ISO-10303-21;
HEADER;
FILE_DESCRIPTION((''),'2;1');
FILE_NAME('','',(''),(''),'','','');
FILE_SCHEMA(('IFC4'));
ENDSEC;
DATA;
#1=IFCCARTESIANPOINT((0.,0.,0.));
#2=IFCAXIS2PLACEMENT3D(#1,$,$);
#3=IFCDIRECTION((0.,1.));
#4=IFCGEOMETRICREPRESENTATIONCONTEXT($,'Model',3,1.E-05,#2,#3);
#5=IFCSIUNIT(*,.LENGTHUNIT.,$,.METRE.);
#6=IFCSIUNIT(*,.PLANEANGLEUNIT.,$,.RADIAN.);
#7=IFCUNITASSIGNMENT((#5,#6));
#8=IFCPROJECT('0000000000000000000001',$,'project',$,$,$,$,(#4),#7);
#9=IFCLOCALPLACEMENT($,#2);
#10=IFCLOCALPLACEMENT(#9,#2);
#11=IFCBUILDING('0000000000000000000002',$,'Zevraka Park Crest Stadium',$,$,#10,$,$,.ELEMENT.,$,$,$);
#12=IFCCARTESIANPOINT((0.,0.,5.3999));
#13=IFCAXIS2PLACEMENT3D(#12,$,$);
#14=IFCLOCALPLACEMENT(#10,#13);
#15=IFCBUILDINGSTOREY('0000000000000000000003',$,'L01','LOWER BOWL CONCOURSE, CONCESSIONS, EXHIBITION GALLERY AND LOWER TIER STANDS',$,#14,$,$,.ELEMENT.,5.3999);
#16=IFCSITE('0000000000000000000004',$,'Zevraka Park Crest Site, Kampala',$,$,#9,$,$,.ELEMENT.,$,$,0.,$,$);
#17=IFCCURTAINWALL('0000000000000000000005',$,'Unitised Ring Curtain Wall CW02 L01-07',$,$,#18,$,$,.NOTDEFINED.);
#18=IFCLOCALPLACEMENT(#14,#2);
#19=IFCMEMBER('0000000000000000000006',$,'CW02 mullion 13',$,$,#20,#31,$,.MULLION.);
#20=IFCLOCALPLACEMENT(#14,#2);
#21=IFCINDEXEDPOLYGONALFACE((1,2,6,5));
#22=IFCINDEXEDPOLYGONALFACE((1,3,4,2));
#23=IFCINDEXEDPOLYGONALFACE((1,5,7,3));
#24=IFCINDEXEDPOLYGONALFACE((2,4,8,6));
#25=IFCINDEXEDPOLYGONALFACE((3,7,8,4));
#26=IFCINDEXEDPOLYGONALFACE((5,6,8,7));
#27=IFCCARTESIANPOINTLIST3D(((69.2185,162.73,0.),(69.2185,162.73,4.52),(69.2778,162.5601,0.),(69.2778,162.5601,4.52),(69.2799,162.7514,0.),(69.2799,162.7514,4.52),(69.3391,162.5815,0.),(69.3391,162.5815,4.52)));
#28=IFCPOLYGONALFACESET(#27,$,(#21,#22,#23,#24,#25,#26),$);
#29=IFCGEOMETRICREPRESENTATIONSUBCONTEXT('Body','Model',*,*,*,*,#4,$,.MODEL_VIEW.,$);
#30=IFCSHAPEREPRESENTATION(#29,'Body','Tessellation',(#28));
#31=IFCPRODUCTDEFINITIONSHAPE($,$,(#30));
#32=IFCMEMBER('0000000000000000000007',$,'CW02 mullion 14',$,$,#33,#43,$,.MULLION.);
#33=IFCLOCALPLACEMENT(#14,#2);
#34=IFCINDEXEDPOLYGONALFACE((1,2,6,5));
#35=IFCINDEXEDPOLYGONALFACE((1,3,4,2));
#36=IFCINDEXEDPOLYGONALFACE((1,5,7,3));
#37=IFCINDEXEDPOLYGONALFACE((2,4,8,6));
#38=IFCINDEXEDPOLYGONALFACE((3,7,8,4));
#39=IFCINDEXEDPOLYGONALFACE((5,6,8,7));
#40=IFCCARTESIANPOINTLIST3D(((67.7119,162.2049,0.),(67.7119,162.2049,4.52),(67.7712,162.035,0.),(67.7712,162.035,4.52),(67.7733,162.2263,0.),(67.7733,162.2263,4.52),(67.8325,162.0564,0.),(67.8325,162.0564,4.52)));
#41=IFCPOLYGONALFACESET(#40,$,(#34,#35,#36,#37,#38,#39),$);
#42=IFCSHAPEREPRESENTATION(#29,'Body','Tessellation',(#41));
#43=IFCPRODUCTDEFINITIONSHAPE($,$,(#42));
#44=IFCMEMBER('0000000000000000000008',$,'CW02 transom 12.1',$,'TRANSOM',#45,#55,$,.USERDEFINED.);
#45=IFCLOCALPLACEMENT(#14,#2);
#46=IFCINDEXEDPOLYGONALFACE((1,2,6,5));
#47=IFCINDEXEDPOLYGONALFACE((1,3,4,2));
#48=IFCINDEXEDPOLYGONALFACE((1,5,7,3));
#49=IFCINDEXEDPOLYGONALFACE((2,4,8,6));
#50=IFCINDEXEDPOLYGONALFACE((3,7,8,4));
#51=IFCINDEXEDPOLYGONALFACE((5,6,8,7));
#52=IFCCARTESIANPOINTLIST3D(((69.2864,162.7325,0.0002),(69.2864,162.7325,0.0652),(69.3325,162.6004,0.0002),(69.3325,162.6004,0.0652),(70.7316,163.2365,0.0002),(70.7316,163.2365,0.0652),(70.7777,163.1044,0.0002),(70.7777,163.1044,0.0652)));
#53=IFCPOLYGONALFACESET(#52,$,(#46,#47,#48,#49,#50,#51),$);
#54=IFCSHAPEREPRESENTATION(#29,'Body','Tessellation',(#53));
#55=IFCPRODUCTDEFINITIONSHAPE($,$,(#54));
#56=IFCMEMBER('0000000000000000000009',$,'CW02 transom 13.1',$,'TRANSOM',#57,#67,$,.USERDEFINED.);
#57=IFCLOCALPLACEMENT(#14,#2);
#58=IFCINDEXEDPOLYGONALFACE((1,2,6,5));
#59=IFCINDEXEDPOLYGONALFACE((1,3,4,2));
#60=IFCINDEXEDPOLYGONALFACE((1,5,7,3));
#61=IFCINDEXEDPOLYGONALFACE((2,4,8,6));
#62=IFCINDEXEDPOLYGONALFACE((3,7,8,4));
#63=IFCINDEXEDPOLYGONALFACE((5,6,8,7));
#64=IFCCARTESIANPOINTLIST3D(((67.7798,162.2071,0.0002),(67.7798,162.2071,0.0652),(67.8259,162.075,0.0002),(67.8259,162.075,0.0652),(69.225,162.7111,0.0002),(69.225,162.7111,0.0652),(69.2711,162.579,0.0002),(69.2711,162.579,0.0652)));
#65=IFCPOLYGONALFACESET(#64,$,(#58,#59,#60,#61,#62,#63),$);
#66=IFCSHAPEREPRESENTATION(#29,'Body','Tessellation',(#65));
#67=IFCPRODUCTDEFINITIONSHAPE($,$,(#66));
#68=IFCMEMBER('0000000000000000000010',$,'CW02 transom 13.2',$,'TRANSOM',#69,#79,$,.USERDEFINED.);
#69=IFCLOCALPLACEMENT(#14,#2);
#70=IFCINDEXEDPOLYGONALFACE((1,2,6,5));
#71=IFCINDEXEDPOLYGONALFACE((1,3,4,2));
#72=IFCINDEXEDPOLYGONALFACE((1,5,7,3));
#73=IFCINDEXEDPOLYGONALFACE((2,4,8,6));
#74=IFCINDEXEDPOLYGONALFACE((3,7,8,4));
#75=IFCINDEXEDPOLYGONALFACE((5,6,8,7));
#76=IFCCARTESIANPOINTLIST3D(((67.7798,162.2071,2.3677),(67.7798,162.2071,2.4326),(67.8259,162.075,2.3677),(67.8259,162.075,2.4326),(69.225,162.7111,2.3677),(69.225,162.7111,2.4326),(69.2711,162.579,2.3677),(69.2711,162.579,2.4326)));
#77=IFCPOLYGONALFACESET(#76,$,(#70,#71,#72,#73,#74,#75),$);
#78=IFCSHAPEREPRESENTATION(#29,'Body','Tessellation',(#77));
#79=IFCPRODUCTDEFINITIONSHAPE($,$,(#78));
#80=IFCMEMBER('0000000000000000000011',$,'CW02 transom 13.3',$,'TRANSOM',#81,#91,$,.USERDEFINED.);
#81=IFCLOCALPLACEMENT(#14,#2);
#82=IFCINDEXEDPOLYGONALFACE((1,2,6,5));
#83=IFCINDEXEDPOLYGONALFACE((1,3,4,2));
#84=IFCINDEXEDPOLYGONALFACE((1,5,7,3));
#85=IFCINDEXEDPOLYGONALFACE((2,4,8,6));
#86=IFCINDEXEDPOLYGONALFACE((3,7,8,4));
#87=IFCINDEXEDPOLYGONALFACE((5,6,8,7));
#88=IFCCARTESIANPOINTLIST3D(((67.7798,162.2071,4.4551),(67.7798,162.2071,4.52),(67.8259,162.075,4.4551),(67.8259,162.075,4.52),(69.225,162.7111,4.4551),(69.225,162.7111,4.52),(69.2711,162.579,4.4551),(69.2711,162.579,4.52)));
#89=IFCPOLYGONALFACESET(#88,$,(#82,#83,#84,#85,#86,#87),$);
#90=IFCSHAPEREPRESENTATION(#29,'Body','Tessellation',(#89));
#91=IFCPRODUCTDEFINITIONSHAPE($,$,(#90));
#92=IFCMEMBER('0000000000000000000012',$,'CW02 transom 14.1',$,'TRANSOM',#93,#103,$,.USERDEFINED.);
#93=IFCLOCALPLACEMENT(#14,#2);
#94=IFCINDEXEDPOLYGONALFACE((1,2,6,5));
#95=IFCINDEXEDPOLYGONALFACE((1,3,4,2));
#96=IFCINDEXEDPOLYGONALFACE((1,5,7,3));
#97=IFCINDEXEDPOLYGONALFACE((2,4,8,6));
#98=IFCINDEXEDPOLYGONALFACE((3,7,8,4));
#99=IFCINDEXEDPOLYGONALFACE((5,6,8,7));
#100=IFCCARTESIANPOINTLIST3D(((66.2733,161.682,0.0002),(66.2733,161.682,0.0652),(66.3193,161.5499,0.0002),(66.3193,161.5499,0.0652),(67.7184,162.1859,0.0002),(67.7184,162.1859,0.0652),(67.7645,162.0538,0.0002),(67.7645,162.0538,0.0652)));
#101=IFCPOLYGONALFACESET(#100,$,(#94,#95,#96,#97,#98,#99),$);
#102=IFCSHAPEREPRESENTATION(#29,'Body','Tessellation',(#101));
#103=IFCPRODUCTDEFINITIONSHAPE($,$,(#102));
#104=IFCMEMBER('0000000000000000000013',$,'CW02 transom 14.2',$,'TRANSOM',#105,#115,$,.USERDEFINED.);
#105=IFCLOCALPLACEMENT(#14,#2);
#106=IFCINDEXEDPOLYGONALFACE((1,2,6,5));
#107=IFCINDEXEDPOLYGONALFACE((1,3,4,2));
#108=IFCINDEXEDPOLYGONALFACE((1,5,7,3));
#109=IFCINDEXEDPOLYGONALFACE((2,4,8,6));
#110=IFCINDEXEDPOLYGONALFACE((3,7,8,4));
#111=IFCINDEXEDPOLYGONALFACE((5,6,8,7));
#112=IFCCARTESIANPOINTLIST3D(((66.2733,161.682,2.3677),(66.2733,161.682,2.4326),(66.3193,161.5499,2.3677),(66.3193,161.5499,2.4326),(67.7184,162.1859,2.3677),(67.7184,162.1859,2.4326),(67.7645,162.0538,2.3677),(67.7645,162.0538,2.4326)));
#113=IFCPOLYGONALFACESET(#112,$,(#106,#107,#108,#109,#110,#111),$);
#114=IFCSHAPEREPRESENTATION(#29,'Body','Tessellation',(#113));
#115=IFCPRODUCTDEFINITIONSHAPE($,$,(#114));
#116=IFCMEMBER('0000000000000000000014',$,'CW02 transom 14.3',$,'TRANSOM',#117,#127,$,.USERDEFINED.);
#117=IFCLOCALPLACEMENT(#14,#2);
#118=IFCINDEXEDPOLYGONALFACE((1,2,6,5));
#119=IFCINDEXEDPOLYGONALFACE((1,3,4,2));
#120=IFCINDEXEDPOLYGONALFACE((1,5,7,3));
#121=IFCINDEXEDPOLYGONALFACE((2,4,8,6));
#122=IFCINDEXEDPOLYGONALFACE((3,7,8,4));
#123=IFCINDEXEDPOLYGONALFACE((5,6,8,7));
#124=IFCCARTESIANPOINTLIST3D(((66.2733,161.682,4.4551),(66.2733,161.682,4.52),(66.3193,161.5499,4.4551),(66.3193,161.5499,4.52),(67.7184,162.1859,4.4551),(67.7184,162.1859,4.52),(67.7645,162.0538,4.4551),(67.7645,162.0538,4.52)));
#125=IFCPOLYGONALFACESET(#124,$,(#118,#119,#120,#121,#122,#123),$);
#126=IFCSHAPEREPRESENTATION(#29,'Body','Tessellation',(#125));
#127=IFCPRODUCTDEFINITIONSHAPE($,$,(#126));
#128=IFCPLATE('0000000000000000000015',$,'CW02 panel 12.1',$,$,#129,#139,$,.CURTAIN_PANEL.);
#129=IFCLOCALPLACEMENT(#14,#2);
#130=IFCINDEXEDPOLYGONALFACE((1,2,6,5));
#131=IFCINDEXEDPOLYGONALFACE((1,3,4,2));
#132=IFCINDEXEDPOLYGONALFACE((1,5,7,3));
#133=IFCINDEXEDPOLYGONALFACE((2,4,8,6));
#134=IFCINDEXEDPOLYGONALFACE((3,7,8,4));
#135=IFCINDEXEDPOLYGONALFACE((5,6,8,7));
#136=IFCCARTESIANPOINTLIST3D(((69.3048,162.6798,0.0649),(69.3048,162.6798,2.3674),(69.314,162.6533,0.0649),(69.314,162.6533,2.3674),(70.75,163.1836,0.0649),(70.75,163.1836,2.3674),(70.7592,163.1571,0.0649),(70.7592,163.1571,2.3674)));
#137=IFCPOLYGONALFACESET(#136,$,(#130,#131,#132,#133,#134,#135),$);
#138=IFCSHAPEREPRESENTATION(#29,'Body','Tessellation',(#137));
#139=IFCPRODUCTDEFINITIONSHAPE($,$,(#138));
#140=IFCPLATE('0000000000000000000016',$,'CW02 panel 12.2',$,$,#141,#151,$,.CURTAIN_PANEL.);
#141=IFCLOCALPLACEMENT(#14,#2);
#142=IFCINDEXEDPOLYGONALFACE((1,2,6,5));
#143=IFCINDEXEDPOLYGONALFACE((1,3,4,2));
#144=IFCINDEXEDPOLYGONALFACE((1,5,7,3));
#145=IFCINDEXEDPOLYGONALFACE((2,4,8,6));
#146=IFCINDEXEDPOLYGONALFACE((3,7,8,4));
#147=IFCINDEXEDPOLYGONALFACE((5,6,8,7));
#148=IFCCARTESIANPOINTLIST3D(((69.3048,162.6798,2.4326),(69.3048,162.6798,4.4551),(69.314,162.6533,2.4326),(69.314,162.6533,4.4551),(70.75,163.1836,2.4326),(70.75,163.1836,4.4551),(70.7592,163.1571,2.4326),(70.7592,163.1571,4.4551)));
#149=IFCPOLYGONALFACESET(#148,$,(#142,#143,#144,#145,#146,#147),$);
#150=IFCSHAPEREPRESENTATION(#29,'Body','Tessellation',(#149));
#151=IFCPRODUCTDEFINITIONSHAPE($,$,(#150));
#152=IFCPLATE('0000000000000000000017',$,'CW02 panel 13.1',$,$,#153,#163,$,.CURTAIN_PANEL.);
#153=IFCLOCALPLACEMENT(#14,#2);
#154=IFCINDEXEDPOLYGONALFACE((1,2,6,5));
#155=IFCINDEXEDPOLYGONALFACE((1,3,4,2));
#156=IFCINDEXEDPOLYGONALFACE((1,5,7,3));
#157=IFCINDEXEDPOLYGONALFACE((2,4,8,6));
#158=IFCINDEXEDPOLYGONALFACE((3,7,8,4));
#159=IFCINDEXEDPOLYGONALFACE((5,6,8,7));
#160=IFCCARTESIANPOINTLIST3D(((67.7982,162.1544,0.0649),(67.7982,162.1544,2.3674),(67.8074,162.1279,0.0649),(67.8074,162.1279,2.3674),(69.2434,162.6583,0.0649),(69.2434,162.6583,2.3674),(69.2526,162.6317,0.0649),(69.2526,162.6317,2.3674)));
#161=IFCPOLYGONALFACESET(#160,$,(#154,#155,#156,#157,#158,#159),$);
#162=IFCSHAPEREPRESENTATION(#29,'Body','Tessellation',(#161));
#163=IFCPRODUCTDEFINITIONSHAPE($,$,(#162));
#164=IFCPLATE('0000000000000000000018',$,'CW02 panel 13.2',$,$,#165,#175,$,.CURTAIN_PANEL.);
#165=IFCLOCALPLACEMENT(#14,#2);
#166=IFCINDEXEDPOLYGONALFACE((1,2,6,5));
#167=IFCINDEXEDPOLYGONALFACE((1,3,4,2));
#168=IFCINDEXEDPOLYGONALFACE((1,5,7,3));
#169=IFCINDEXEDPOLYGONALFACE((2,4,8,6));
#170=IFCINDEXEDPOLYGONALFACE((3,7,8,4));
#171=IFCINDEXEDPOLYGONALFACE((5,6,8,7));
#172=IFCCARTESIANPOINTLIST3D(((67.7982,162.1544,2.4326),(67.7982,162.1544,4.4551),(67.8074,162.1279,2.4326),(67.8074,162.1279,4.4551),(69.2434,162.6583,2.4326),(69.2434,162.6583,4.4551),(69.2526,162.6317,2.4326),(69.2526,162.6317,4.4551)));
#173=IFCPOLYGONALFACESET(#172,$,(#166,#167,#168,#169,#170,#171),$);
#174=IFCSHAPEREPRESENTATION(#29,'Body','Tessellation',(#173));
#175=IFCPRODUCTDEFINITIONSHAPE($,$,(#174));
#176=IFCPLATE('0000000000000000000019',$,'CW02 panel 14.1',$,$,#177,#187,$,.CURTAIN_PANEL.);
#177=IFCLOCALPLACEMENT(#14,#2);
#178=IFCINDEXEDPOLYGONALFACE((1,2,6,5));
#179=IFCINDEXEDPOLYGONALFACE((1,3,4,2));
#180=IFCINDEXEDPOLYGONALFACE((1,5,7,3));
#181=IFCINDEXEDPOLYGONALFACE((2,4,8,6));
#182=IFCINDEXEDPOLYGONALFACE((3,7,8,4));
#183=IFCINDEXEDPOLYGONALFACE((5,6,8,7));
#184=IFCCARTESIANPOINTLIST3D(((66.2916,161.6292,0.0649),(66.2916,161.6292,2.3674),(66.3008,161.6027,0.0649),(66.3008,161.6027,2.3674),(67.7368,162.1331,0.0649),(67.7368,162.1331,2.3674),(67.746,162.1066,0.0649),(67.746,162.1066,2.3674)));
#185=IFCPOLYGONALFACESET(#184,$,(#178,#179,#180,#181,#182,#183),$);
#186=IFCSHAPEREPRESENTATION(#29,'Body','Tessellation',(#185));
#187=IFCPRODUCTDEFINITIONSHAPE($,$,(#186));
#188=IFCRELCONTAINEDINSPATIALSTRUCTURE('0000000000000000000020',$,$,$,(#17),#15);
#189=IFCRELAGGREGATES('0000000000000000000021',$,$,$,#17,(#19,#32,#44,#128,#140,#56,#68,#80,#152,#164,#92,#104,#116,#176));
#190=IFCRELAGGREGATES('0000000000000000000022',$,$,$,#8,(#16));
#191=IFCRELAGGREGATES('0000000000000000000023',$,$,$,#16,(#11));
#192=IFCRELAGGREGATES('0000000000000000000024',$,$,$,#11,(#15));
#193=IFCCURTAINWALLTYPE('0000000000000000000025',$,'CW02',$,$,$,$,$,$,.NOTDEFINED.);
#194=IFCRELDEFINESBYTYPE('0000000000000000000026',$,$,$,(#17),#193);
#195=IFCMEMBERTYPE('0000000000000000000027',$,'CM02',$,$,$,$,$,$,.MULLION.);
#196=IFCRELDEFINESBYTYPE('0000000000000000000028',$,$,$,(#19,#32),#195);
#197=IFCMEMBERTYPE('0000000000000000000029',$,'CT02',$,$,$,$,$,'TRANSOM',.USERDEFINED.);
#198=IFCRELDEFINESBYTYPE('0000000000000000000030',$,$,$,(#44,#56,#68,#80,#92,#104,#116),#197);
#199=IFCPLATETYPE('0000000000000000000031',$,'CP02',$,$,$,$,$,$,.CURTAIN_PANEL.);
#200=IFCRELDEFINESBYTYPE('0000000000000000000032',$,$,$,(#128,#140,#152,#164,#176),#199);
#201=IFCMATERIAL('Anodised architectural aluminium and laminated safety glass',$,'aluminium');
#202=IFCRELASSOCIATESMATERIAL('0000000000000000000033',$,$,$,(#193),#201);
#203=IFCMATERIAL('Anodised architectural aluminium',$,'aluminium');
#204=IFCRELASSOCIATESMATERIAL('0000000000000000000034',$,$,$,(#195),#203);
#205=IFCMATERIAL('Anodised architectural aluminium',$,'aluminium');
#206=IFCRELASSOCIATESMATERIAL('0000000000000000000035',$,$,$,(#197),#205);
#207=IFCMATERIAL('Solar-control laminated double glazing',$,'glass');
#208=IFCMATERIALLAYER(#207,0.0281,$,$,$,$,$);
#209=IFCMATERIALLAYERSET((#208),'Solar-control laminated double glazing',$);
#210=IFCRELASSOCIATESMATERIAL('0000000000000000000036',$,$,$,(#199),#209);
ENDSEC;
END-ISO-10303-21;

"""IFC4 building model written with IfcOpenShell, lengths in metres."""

from ifc_helpers import new_model, si_unit, direction, frame, origin, origin_2d, place, context, subcontext, project, spatial, rectangle, extrude, material, layer, layer_set, material_profile, profile_set, type_object, element, aggregate, save


model = new_model("IFC4")

# Units and contexts
model_context = context("Model", 3, precision=1e-05, world=origin(), true_north=direction((0.0, 1.0)))
body_context = subcontext(model_context, "Body", "Model", "MODEL_VIEW")
ifc_project = project(units=[si_unit("LENGTHUNIT", "METRE"), si_unit("PLANEANGLEUNIT", "RADIAN")], contexts=[model_context])

# Site, building, storey
site_placement = place(None, origin())
site = spatial("IfcSite", under=ifc_project, at=site_placement, Name="Zevraka Park Crest Site, Kampala", CompositionType="ELEMENT", RefElevation=0.0)
building_placement = place(site_placement, origin())
building = spatial("IfcBuilding", under=site, at=building_placement, Name="Zevraka Park Crest Stadium", CompositionType="ELEMENT")
storey_placement = place(building_placement, frame((0.0, 0.0, 5.3999)))
storey = spatial("IfcBuildingStorey", under=building, at=storey_placement, Name="L01", Description="LOWER BOWL CONCOURSE, CONCESSIONS, EXHIBITION GALLERY AND LOWER TIER STANDS", CompositionType="ELEMENT", Elevation=5.3999)

# Curtain wall, members, plates
ifc_material_1 = material(Name="Anodised architectural aluminium and laminated safety glass", Category="aluminium")
curtain_wall_type = type_object("IfcCurtainWallType", Name="CW02", PredefinedType="NOTDEFINED", material=ifc_material_1)
curtain_wall_placement = place(storey_placement, origin())
curtain_wall = element("IfcCurtainWall", 1, at=curtain_wall_placement, inside=storey, type_object=curtain_wall_type, Name="Unitised Ring Curtain Wall CW02 L01-07", PredefinedType="NOTDEFINED")
ifc_material_2 = material(Name="Anodised architectural aluminium", Category="aluminium")
ifc_material_profile_1 = material_profile(ifc_material_2, rectangle(XDim=0.1799, YDim=0.0649, at=origin_2d()), Name="ALU MULLION 180x65")
ifc_profile_set_1 = profile_set([ifc_material_profile_1], Name="Anodised architectural aluminium")
member_type_1 = type_object("IfcMemberType", Name="CM02", PredefinedType="MULLION", material=ifc_profile_set_1)
member_1_placement = place(storey_placement, frame((69.2788, 162.6558, 0.0), z_axis=(0.0, 0.0, 1.0), x_axis=(0.329209, -0.944257, 0.0)))
member_1 = element("IfcMember", 2, at=member_1_placement, type_object=member_type_1, Name="CW02 mullion 13", PredefinedType="MULLION", context=body_context, shape_type="SweptSolid", body=[
    extrude(rectangle(XDim=0.1799, YDim=0.0649, at=origin_2d()), origin(), (0.0, 0.0, 1.0), 4.52),
])
member_2_placement = place(storey_placement, frame((67.7722, 162.1306, 0.0), z_axis=(0.0, 0.0, 1.0), x_axis=(0.329209, -0.944257, 0.0)))
member_2 = element("IfcMember", 3, at=member_2_placement, type_object=member_type_1, Name="CW02 mullion 14", PredefinedType="MULLION", context=body_context, shape_type="SweptSolid", body=[
    extrude(rectangle(XDim=0.1799, YDim=0.0649, at=origin_2d()), origin(), (0.0, 0.0, 1.0), 4.52),
])
ifc_material_3 = material(Name="Anodised architectural aluminium", Category="aluminium")
ifc_material_profile_2 = material_profile(ifc_material_3, rectangle(XDim=0.1399, YDim=0.0649, at=origin_2d()), Name="ALU TRANSOM 140x65")
ifc_profile_set_2 = profile_set([ifc_material_profile_2], Name="Anodised architectural aluminium")
member_type_2 = type_object("IfcMemberType", Name="CT02", ElementType="TRANSOM", PredefinedType="USERDEFINED", material=ifc_profile_set_2)
member_3_placement = place(storey_placement, frame((70.7546, 163.1704, 0.0327), z_axis=(-0.944238, -0.329263, 0.0), x_axis=(0.329263, -0.944238, 0.0)))
member_3 = element("IfcMember", 4, at=member_3_placement, type_object=member_type_2, Name="CW02 transom 12.1", ObjectType="TRANSOM", PredefinedType="USERDEFINED", context=body_context, shape_type="SweptSolid", body=[
    extrude(rectangle(XDim=0.1399, YDim=0.0649, at=origin_2d()), origin(), (0.0, 0.0, 1.0), 1.5305),
])
member_4_placement = place(storey_placement, frame((69.248, 162.645, 0.0327), z_axis=(-0.944238, -0.329263, 0.0), x_axis=(0.329263, -0.944238, 0.0)))
member_4 = element("IfcMember", 5, at=member_4_placement, type_object=member_type_2, Name="CW02 transom 13.1", ObjectType="TRANSOM", PredefinedType="USERDEFINED", context=body_context, shape_type="SweptSolid", body=[
    extrude(rectangle(XDim=0.1399, YDim=0.0649, at=origin_2d()), origin(), (0.0, 0.0, 1.0), 1.5305),
])
member_5_placement = place(storey_placement, frame((69.248, 162.645, 2.4001), z_axis=(-0.944238, -0.329263, 0.0), x_axis=(0.329263, -0.944238, 0.0)))
member_5 = element("IfcMember", 6, at=member_5_placement, type_object=member_type_2, Name="CW02 transom 13.2", ObjectType="TRANSOM", PredefinedType="USERDEFINED", context=body_context, shape_type="SweptSolid", body=[
    extrude(rectangle(XDim=0.1399, YDim=0.0649, at=origin_2d()), origin(), (0.0, 0.0, 1.0), 1.5305),
])
member_6_placement = place(storey_placement, frame((69.248, 162.645, 4.4875), z_axis=(-0.944238, -0.329263, 0.0), x_axis=(0.329263, -0.944238, 0.0)))
member_6 = element("IfcMember", 7, at=member_6_placement, type_object=member_type_2, Name="CW02 transom 13.3", ObjectType="TRANSOM", PredefinedType="USERDEFINED", context=body_context, shape_type="SweptSolid", body=[
    extrude(rectangle(XDim=0.1399, YDim=0.0649, at=origin_2d()), origin(), (0.0, 0.0, 1.0), 1.5305),
])
member_7_placement = place(storey_placement, frame((67.7415, 162.1199, 0.0327), z_axis=(-0.944238, -0.329263, 0.0), x_axis=(0.329263, -0.944238, 0.0)))
member_7 = element("IfcMember", 8, at=member_7_placement, type_object=member_type_2, Name="CW02 transom 14.1", ObjectType="TRANSOM", PredefinedType="USERDEFINED", context=body_context, shape_type="SweptSolid", body=[
    extrude(rectangle(XDim=0.1399, YDim=0.0649, at=origin_2d()), origin(), (0.0, 0.0, 1.0), 1.5305),
])
member_8_placement = place(storey_placement, frame((67.7415, 162.1199, 2.4001), z_axis=(-0.944238, -0.329263, 0.0), x_axis=(0.329263, -0.944238, 0.0)))
member_8 = element("IfcMember", 9, at=member_8_placement, type_object=member_type_2, Name="CW02 transom 14.2", ObjectType="TRANSOM", PredefinedType="USERDEFINED", context=body_context, shape_type="SweptSolid", body=[
    extrude(rectangle(XDim=0.1399, YDim=0.0649, at=origin_2d()), origin(), (0.0, 0.0, 1.0), 1.5305),
])
member_9_placement = place(storey_placement, frame((67.7415, 162.1199, 4.4875), z_axis=(-0.944238, -0.329263, 0.0), x_axis=(0.329263, -0.944238, 0.0)))
member_9 = element("IfcMember", 10, at=member_9_placement, type_object=member_type_2, Name="CW02 transom 14.3", ObjectType="TRANSOM", PredefinedType="USERDEFINED", context=body_context, shape_type="SweptSolid", body=[
    extrude(rectangle(XDim=0.1399, YDim=0.0649, at=origin_2d()), origin(), (0.0, 0.0, 1.0), 1.5305),
])
ifc_material_4 = material(Name="Solar-control laminated double glazing", Category="glass")
ifc_layer_1 = layer(ifc_material_4, 0.0281)
ifc_layer_set_1 = layer_set([ifc_layer_1], Name="Solar-control laminated double glazing")
plate_type = type_object("IfcPlateType", Name="CP02", PredefinedType="CURTAIN_PANEL", material=ifc_layer_set_1)
plate_1_placement = place(storey_placement, frame((70.032, 162.9185, 0.0649), z_axis=(0.0, 0.0, 1.0), x_axis=(-0.944257, -0.329209, 0.0)))
plate_1 = element("IfcPlate", 11, at=plate_1_placement, type_object=plate_type, Name="CW02 panel 12.1", PredefinedType="CURTAIN_PANEL", context=body_context, shape_type="SweptSolid", body=[
    extrude(rectangle(XDim=1.5305, YDim=0.0281, at=origin_2d()), origin(), (0.0, 0.0, 1.0), 2.3025),
])
plate_2_placement = place(storey_placement, frame((70.032, 162.9185, 2.4326), z_axis=(0.0, 0.0, 1.0), x_axis=(-0.944257, -0.329209, 0.0)))
plate_2 = element("IfcPlate", 12, at=plate_2_placement, type_object=plate_type, Name="CW02 panel 12.2", PredefinedType="CURTAIN_PANEL", context=body_context, shape_type="SweptSolid", body=[
    extrude(rectangle(XDim=1.5305, YDim=0.0281, at=origin_2d()), origin(), (0.0, 0.0, 1.0), 2.0225),
])
plate_3_placement = place(storey_placement, frame((68.5254, 162.3931, 0.0649), z_axis=(0.0, 0.0, 1.0), x_axis=(-0.944257, -0.329209, 0.0)))
plate_3 = element("IfcPlate", 13, at=plate_3_placement, type_object=plate_type, Name="CW02 panel 13.1", PredefinedType="CURTAIN_PANEL", context=body_context, shape_type="SweptSolid", body=[
    extrude(rectangle(XDim=1.5305, YDim=0.0281, at=origin_2d()), origin(), (0.0, 0.0, 1.0), 2.3025),
])
plate_4_placement = place(storey_placement, frame((68.5254, 162.3931, 2.4326), z_axis=(0.0, 0.0, 1.0), x_axis=(-0.944257, -0.329209, 0.0)))
plate_4 = element("IfcPlate", 14, at=plate_4_placement, type_object=plate_type, Name="CW02 panel 13.2", PredefinedType="CURTAIN_PANEL", context=body_context, shape_type="SweptSolid", body=[
    extrude(rectangle(XDim=1.5305, YDim=0.0281, at=origin_2d()), origin(), (0.0, 0.0, 1.0), 2.0225),
])
plate_5_placement = place(storey_placement, frame((67.0188, 161.8679, 0.0649), z_axis=(0.0, 0.0, 1.0), x_axis=(-0.944257, -0.329209, 0.0)))
plate_5 = element("IfcPlate", 15, at=plate_5_placement, type_object=plate_type, Name="CW02 panel 14.1", PredefinedType="CURTAIN_PANEL", context=body_context, shape_type="SweptSolid", body=[
    extrude(rectangle(XDim=1.5305, YDim=0.0281, at=origin_2d()), origin(), (0.0, 0.0, 1.0), 2.3025),
])
aggregate(curtain_wall, [member_1, member_2, member_3, plate_1, plate_2, member_4, member_5, member_6, plate_3, plate_4, member_7, member_8, member_9, plate_5])

save(model, "model.ifc")
